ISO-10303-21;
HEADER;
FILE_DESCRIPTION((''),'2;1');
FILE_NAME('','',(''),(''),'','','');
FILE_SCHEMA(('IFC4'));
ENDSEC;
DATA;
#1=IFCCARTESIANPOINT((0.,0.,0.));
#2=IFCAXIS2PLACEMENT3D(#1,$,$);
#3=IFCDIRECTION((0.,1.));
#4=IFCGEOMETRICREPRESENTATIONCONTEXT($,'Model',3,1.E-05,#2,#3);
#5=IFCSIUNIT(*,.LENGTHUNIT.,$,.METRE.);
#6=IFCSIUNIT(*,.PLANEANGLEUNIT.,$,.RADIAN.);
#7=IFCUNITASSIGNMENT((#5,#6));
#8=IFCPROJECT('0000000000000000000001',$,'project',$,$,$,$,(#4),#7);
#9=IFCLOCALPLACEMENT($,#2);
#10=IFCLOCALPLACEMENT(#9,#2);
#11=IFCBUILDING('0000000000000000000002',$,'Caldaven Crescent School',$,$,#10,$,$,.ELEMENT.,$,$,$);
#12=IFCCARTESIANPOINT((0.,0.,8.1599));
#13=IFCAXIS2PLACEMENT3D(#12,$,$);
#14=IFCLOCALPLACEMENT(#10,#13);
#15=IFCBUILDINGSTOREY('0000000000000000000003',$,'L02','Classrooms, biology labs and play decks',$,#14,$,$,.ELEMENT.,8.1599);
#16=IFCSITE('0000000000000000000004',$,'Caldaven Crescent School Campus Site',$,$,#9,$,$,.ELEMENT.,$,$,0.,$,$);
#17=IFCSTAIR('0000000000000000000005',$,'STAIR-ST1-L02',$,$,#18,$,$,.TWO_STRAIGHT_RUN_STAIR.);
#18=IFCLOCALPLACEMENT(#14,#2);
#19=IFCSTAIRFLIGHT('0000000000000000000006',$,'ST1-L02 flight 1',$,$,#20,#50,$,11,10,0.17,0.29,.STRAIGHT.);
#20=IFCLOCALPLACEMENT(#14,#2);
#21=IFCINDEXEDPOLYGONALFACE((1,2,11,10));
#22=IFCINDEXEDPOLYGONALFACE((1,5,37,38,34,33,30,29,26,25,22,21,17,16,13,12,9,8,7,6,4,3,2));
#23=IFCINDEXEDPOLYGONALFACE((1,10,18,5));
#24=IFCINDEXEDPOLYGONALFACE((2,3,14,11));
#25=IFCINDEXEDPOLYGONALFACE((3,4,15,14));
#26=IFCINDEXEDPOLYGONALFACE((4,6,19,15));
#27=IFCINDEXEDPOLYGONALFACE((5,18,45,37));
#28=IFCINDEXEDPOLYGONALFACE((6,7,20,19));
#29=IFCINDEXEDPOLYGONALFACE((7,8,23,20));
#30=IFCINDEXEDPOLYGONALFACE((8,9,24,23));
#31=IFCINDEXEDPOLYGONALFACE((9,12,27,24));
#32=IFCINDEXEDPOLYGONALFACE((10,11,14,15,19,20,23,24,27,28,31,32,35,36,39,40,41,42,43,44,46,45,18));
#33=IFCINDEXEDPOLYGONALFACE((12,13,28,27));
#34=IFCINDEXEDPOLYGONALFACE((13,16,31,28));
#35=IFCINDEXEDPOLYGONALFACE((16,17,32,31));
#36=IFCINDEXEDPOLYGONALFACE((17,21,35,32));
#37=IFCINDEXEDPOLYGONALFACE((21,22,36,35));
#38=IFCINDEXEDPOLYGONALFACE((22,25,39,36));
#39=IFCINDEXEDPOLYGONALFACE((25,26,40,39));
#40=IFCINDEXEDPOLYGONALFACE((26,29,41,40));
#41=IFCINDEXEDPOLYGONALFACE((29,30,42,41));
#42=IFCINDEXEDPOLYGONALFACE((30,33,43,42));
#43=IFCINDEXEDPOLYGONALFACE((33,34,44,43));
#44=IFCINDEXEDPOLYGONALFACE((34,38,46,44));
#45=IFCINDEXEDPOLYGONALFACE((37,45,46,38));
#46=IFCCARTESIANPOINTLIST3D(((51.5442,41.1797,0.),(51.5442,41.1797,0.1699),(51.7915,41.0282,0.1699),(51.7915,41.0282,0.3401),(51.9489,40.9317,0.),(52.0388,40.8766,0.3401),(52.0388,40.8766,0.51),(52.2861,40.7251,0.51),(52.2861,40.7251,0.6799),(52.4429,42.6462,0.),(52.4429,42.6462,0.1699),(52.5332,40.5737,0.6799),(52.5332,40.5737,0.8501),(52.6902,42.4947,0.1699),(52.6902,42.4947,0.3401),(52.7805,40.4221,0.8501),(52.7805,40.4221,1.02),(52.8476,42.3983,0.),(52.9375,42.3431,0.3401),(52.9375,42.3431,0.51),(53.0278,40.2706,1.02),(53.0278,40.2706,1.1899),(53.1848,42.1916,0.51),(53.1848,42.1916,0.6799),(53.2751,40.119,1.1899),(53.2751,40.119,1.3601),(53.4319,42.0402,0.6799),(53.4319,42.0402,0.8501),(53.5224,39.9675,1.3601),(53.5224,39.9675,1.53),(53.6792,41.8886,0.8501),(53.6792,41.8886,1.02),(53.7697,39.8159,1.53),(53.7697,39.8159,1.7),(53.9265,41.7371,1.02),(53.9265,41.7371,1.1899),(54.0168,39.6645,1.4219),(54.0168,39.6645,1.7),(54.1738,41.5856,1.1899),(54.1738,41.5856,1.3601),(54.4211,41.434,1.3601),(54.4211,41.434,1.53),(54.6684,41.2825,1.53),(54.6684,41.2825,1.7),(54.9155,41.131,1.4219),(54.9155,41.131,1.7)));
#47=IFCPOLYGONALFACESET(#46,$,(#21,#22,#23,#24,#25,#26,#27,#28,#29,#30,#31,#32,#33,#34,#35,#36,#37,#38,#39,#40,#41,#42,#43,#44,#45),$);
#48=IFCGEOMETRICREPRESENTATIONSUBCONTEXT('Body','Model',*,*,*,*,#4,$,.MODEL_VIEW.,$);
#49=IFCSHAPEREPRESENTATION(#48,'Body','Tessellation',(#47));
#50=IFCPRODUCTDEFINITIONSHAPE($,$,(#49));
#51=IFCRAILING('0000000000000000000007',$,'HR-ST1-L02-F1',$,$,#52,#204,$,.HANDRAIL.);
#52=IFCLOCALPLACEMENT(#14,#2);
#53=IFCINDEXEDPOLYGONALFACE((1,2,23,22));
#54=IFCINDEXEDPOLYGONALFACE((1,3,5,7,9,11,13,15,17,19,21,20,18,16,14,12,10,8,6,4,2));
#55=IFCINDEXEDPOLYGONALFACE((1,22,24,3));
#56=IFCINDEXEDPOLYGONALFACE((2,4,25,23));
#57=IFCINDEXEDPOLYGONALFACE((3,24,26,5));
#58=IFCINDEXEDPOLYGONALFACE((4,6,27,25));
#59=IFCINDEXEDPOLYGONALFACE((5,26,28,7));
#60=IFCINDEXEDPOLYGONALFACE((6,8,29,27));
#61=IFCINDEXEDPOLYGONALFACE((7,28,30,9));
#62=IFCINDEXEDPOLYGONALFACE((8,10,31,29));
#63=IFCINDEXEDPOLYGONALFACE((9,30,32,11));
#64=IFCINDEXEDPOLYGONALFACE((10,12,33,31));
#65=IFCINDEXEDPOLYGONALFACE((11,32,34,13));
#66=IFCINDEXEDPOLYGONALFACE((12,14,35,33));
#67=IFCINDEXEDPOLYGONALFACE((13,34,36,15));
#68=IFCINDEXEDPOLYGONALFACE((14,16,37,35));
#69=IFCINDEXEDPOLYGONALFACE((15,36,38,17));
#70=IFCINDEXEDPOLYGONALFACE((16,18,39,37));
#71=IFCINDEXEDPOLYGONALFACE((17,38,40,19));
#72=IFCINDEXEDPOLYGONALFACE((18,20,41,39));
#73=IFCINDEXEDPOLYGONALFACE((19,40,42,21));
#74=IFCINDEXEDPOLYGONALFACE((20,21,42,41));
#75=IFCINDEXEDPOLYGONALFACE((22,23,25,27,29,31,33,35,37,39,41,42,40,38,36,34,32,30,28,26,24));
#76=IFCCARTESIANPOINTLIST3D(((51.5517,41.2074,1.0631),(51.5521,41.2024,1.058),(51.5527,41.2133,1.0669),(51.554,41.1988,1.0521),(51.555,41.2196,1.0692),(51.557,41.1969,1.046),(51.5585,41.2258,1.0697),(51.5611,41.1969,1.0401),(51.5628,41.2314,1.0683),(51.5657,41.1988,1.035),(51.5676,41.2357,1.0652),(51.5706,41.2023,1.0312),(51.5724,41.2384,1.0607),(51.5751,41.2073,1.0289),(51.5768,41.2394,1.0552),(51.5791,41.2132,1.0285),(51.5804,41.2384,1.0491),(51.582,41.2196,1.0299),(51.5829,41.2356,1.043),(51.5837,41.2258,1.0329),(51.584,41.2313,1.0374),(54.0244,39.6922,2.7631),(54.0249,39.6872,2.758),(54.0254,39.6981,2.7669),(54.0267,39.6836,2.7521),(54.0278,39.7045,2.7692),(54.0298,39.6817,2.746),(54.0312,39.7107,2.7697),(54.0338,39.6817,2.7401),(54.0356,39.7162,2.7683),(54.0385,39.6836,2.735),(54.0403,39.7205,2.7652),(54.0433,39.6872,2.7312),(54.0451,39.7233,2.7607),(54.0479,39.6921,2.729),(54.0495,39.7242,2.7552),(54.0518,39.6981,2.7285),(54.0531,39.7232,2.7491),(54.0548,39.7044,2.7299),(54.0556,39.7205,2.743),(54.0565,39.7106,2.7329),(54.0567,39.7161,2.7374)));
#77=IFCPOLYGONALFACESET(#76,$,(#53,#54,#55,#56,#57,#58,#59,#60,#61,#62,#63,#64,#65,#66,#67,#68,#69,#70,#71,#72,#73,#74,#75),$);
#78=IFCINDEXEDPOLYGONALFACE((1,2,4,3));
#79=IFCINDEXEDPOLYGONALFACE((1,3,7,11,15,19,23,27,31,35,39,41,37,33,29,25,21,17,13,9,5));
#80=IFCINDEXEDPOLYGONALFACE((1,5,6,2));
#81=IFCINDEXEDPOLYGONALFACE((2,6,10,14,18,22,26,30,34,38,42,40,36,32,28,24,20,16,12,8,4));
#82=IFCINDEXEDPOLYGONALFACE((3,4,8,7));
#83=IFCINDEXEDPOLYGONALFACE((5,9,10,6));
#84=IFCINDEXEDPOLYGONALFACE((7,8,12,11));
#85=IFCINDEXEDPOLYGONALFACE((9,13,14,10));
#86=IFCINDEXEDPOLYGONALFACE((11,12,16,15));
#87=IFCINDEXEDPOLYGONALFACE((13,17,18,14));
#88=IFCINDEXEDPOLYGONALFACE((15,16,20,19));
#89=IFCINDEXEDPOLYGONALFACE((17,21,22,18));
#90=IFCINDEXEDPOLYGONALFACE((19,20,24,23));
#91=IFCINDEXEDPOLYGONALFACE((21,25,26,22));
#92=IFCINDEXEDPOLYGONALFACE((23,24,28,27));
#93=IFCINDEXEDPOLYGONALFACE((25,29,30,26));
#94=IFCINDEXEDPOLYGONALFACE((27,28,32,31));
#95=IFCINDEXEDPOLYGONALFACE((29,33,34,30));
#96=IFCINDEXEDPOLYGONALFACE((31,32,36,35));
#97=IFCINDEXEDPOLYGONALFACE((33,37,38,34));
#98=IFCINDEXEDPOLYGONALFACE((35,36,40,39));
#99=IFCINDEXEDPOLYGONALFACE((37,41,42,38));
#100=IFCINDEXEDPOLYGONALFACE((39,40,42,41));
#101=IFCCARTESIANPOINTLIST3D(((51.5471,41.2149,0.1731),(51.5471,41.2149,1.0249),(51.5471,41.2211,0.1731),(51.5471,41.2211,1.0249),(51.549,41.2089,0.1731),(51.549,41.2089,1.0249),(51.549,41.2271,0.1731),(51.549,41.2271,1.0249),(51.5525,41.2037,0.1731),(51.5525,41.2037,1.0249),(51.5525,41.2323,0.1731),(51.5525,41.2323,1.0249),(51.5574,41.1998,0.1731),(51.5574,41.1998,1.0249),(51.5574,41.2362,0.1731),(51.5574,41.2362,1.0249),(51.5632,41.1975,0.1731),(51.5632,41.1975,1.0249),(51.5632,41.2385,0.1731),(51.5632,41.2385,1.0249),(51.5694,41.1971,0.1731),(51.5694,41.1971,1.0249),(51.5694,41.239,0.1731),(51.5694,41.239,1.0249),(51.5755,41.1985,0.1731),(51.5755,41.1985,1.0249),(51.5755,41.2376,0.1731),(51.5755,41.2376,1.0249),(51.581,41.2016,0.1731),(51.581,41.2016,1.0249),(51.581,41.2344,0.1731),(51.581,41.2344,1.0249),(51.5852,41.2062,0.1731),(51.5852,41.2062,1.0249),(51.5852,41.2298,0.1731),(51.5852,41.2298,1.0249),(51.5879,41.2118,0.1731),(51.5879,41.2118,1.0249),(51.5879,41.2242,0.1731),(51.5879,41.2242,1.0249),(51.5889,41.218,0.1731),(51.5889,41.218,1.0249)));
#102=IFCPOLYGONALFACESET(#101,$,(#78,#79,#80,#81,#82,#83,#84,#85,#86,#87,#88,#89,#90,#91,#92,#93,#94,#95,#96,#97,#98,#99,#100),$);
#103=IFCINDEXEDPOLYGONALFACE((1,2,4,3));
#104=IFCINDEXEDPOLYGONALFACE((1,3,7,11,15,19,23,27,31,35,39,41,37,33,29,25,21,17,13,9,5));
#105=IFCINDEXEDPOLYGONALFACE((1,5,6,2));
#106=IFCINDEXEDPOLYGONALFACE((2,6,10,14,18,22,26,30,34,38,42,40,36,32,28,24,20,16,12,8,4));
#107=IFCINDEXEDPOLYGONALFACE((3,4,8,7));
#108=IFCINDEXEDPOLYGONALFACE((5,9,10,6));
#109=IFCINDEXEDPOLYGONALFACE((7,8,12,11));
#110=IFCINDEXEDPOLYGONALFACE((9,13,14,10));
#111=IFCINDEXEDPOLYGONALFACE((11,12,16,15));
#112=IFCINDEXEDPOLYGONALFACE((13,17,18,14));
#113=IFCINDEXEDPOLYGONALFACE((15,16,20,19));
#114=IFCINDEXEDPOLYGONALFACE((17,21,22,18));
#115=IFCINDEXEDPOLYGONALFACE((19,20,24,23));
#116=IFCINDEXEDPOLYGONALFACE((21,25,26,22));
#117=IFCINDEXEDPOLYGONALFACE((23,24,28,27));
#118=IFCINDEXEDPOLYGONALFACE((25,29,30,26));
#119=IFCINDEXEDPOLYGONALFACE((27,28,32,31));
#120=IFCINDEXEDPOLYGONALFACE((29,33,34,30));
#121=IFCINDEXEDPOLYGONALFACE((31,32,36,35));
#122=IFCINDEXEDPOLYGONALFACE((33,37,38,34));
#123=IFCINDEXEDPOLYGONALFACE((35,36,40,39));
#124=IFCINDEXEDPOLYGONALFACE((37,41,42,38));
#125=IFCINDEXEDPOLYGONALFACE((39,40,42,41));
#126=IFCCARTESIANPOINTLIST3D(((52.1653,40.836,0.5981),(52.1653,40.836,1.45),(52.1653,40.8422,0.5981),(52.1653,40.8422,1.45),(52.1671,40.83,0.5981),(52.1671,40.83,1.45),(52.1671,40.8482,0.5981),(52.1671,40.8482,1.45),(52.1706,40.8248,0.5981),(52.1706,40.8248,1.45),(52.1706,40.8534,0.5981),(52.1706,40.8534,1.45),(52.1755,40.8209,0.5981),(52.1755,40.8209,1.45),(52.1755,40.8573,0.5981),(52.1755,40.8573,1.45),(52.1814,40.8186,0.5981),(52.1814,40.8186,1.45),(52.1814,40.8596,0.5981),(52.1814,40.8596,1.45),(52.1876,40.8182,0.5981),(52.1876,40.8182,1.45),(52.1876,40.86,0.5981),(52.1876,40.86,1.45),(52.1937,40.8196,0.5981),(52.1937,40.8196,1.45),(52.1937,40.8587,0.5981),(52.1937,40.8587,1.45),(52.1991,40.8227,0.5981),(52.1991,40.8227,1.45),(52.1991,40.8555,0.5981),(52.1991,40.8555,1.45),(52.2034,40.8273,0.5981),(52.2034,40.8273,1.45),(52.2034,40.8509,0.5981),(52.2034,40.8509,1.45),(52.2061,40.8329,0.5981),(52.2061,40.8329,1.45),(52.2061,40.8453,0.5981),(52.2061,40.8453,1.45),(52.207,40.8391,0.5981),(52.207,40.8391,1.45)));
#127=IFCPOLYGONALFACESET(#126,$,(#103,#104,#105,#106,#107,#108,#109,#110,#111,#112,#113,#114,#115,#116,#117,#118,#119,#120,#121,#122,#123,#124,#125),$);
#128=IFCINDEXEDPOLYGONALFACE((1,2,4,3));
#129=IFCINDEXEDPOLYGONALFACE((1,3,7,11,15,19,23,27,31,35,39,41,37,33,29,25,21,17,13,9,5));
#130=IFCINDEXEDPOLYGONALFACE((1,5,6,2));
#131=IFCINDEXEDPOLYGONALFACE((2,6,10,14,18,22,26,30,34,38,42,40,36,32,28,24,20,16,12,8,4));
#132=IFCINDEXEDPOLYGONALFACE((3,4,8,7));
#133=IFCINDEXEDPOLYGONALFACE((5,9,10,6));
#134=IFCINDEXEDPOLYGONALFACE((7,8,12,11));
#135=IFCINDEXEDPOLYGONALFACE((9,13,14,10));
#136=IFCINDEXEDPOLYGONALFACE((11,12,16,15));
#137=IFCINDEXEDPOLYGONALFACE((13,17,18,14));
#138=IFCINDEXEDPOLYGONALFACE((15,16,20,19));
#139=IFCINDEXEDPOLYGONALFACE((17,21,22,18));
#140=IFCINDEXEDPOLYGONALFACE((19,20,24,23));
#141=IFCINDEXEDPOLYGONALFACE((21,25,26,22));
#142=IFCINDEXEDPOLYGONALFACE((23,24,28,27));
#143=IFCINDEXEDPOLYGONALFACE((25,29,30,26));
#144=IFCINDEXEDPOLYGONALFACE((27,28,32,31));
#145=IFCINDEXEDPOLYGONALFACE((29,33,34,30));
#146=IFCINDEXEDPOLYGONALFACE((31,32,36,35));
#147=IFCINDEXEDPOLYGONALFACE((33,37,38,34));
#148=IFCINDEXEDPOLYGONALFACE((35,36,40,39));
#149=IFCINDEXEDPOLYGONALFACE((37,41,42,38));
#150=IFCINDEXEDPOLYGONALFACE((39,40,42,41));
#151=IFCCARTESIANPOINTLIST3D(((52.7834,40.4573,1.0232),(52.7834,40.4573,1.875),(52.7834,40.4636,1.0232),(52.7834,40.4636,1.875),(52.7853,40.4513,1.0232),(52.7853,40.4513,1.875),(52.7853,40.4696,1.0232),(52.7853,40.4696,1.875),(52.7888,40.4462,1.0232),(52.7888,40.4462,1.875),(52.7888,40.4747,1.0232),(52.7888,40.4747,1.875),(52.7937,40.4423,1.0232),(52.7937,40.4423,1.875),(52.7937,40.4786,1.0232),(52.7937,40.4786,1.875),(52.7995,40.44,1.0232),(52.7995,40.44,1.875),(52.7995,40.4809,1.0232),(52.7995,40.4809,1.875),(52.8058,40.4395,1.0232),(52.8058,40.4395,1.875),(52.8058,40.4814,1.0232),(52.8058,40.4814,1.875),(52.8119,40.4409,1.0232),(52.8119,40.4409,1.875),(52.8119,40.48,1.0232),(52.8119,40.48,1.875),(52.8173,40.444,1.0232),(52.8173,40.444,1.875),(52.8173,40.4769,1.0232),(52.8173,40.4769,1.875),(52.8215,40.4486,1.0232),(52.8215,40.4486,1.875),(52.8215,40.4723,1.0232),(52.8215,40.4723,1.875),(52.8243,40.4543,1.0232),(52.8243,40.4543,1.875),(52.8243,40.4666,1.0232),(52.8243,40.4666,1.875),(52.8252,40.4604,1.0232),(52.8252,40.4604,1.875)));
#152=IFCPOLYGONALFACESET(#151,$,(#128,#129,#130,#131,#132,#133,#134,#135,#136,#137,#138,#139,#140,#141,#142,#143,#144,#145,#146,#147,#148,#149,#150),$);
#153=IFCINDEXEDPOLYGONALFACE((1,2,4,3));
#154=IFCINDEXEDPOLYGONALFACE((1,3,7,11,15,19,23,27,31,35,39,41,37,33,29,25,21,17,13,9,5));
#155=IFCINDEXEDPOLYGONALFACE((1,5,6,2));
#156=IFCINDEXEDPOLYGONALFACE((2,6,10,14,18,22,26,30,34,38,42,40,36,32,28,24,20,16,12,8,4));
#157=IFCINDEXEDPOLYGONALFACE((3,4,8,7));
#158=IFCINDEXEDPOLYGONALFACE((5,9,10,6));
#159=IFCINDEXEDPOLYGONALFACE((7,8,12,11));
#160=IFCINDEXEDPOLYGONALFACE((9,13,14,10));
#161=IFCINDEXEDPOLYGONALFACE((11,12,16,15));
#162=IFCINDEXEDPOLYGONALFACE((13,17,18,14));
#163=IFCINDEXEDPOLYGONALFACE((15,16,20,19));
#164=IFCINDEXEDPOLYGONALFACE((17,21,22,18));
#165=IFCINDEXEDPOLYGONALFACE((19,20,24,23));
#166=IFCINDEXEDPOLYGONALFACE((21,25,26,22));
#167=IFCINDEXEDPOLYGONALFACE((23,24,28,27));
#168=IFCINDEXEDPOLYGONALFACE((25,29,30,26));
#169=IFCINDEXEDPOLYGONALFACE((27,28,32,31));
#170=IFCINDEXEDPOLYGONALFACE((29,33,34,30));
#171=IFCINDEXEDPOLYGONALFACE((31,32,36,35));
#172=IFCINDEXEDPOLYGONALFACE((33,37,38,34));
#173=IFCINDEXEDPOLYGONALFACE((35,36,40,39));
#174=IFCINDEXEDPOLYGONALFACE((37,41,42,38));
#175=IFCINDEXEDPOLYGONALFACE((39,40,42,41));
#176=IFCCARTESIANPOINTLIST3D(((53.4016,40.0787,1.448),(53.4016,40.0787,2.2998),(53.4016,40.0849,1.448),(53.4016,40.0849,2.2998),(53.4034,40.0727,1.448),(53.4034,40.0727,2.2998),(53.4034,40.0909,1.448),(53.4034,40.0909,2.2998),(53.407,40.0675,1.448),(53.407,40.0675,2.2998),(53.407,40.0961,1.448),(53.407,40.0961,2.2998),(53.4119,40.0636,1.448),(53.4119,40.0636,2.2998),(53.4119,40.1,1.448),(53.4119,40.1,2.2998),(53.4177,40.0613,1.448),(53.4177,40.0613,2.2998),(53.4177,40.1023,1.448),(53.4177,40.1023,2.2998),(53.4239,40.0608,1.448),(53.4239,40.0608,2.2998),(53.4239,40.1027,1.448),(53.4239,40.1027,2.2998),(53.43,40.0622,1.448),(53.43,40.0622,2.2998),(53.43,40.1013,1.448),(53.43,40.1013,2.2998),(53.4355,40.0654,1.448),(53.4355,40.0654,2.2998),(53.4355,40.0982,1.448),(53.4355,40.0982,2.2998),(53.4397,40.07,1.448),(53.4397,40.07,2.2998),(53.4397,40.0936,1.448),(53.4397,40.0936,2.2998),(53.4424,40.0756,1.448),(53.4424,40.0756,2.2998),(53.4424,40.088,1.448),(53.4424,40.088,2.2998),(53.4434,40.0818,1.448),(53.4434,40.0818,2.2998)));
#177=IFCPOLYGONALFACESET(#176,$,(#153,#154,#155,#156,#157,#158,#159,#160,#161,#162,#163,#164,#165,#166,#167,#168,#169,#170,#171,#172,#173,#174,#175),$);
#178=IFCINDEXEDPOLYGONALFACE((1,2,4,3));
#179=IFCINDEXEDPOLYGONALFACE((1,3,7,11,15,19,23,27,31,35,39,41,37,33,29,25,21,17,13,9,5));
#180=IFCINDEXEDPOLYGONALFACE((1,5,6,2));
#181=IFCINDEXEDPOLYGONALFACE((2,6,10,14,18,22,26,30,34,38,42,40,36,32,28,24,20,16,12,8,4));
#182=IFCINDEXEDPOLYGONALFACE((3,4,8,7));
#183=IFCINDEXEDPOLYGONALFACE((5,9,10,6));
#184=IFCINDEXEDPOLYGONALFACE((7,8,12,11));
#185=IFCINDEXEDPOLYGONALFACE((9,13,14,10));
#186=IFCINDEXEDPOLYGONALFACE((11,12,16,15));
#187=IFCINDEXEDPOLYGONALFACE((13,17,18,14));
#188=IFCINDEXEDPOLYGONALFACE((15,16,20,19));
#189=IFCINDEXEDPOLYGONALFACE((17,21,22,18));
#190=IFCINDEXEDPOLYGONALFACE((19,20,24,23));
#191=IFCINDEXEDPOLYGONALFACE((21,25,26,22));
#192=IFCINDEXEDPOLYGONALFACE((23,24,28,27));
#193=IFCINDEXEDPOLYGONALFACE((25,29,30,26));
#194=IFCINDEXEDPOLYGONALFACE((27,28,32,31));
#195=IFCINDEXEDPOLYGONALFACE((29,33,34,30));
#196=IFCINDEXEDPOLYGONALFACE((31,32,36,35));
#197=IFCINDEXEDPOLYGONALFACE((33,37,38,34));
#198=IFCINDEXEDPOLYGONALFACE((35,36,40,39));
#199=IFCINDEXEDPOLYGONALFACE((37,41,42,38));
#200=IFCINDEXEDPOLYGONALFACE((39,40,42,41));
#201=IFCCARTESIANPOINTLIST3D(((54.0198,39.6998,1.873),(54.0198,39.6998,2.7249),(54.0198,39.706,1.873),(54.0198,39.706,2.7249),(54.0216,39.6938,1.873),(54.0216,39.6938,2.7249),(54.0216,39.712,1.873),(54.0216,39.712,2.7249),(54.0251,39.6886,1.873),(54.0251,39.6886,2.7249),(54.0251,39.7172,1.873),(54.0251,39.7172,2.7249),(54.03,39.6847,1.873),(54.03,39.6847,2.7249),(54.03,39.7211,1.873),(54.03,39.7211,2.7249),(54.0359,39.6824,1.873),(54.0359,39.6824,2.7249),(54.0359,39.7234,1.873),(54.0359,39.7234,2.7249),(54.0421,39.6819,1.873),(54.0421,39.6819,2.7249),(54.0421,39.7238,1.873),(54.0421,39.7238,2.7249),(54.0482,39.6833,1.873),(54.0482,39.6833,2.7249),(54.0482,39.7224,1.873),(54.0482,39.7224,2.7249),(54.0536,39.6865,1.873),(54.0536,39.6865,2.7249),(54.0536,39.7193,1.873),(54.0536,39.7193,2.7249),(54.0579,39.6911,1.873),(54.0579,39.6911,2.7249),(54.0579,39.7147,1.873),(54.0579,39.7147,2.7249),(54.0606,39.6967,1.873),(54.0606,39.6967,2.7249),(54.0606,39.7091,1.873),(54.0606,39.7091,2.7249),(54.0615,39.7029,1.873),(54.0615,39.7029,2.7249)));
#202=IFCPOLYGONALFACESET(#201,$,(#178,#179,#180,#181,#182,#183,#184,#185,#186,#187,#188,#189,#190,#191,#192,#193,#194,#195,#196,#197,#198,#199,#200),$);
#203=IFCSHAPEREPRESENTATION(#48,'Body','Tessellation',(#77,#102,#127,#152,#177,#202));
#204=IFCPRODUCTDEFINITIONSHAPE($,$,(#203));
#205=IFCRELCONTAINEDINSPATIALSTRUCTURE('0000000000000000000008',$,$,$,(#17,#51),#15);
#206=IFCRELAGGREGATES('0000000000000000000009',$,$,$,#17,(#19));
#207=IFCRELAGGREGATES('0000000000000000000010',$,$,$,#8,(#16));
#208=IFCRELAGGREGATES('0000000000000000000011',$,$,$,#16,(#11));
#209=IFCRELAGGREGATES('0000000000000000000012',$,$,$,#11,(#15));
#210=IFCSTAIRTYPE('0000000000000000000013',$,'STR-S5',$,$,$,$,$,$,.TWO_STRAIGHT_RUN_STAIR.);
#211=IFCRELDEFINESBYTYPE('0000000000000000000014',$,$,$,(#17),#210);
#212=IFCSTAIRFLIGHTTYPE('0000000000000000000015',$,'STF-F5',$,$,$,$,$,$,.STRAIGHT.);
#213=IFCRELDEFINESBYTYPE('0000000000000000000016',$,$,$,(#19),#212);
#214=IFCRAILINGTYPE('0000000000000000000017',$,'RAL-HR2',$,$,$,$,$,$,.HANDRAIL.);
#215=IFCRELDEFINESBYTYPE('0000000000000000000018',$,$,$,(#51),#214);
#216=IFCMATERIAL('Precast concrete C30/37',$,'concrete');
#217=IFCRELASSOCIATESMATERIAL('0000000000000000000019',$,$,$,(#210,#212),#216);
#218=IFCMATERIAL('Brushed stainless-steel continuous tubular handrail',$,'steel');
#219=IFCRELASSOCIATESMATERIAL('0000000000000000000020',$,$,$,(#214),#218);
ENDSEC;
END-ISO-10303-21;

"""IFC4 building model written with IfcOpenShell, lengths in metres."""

from ifc_helpers import new_model, si_unit, direction, frame, origin, origin_2d, place, context, subcontext, project, spatial, polyline, circle, outline, extrude, material, type_object, element, aggregate, save


model = new_model("IFC4")

# Units and contexts
model_context = context("Model", 3, precision=1e-05, world=origin(), true_north=direction((0.0, 1.0)))
body_context = subcontext(model_context, "Body", "Model", "MODEL_VIEW")
ifc_project = project(units=[si_unit("LENGTHUNIT", "METRE"), si_unit("PLANEANGLEUNIT", "RADIAN")], contexts=[model_context])

# Site, building, storey
site_placement = place(None, origin())
site = spatial("IfcSite", under=ifc_project, at=site_placement, Name="Caldaven Crescent School Campus Site", CompositionType="ELEMENT", RefElevation=0.0)
building_placement = place(site_placement, origin())
building = spatial("IfcBuilding", under=site, at=building_placement, Name="Caldaven Crescent School", CompositionType="ELEMENT")
storey_placement = place(building_placement, frame((0.0, 0.0, 8.1599)))
storey = spatial("IfcBuildingStorey", under=building, at=storey_placement, Name="L02", Description="Classrooms, biology labs and play decks", CompositionType="ELEMENT", Elevation=8.1599)

# Stair, stair flight
ifc_material_1 = material(Name="Precast concrete C30/37", Category="concrete")
stair_type = type_object("IfcStairType", Name="STR-S5", PredefinedType="TWO_STRAIGHT_RUN_STAIR", material=ifc_material_1)
stair_placement = place(storey_placement, origin())
stair = element("IfcStair", 1, at=stair_placement, inside=storey, type_object=stair_type, Name="STAIR-ST1-L02", PredefinedType="TWO_STRAIGHT_RUN_STAIR")
stair_flight_type = type_object("IfcStairFlightType", Name="STF-F5", PredefinedType="STRAIGHT", material=ifc_material_1)
stair_flight_placement = place(storey_placement, frame((51.9937, 41.9131, 0.0), z_axis=(0.0, 0.0, 1.0), x_axis=(0.85264, -0.522499, 0.0)))
stair_flight = element("IfcStairFlight", 2, at=stair_flight_placement, type_object=stair_flight_type, Name="ST1-L02 flight 1", NumberOfRisers=11, NumberOfTreads=10, PredefinedType="STRAIGHT", RiserHeight=0.17, TreadLength=0.29, context=body_context, shape_type="SweptSolid", body=[
    extrude(outline(polyline([(0.0, 0.0), (0.0, 0.1699), (0.29, 0.1699), (0.29, 0.3401), (0.5801, 0.3401), (0.5801, 0.51), (0.8701, 0.51), (0.8701, 0.6799), (1.1599, 0.6799), (1.1599, 0.8501), (1.45, 0.8501), (1.45, 1.02), (1.74, 1.02), (1.74, 1.1899), (2.03, 1.1899), (2.03, 1.3601), (2.3201, 1.3601), (2.3201, 1.53), (2.6101, 1.53), (2.6101, 1.7), (2.8999, 1.7), (2.8999, 1.8701), (2.8999, 1.4219), (0.4746, 0.0), (0.0, 0.0)])), frame((0.0, 0.8599, 0.0), z_axis=(0.0, -1.0, 0.0), x_axis=(1.0, 0.0, 0.0)), (0.0, 0.0, 1.0), 1.72),
])
aggregate(stair, [stair_flight])

# Railing
ifc_material_2 = material(Name="Brushed stainless-steel continuous tubular handrail", Category="steel")
railing_type_1 = type_object("IfcRailingType", Name="RAL-HR2", PredefinedType="HANDRAIL", material=ifc_material_2)
railing_1_placement = place(storey_placement, frame((51.5679, 41.218, 0.1731)))
element("IfcRailing", 3, at=railing_1_placement, inside=storey, type_object=railing_type_1, Name="HR-ST1-L02-F1", PredefinedType="HANDRAIL", context=body_context, shape_type="SweptSolid", body=[
    extrude(circle(Radius=0.0239, at=origin_2d()), frame((0.0, 0.0, 0.876), z_axis=(0.735587, -0.450736, 0.505716), x_axis=(0.522471, 0.852657, 0.0)), (0.0, 0.0, 1.0), 3.3616),
    extrude(circle(Radius=0.021, at=origin_2d()), origin(), (0.0, 0.0, 1.0), 0.8518),
    extrude(circle(Radius=0.021, at=origin_2d()), frame((0.6182, -0.3789, 0.425)), (0.0, 0.0, 1.0), 0.8518),
    extrude(circle(Radius=0.021, at=origin_2d()), frame((1.2363, -0.7576, 0.8501)), (0.0, 0.0, 1.0), 0.8518),
    extrude(circle(Radius=0.021, at=origin_2d()), frame((1.8545, -1.1362, 1.2749)), (0.0, 0.0, 1.0), 0.8518),
    extrude(circle(Radius=0.021, at=origin_2d()), frame((2.4727, -1.5151, 1.7)), (0.0, 0.0, 1.0), 0.8518),
])

save(model, "model.ifc")
